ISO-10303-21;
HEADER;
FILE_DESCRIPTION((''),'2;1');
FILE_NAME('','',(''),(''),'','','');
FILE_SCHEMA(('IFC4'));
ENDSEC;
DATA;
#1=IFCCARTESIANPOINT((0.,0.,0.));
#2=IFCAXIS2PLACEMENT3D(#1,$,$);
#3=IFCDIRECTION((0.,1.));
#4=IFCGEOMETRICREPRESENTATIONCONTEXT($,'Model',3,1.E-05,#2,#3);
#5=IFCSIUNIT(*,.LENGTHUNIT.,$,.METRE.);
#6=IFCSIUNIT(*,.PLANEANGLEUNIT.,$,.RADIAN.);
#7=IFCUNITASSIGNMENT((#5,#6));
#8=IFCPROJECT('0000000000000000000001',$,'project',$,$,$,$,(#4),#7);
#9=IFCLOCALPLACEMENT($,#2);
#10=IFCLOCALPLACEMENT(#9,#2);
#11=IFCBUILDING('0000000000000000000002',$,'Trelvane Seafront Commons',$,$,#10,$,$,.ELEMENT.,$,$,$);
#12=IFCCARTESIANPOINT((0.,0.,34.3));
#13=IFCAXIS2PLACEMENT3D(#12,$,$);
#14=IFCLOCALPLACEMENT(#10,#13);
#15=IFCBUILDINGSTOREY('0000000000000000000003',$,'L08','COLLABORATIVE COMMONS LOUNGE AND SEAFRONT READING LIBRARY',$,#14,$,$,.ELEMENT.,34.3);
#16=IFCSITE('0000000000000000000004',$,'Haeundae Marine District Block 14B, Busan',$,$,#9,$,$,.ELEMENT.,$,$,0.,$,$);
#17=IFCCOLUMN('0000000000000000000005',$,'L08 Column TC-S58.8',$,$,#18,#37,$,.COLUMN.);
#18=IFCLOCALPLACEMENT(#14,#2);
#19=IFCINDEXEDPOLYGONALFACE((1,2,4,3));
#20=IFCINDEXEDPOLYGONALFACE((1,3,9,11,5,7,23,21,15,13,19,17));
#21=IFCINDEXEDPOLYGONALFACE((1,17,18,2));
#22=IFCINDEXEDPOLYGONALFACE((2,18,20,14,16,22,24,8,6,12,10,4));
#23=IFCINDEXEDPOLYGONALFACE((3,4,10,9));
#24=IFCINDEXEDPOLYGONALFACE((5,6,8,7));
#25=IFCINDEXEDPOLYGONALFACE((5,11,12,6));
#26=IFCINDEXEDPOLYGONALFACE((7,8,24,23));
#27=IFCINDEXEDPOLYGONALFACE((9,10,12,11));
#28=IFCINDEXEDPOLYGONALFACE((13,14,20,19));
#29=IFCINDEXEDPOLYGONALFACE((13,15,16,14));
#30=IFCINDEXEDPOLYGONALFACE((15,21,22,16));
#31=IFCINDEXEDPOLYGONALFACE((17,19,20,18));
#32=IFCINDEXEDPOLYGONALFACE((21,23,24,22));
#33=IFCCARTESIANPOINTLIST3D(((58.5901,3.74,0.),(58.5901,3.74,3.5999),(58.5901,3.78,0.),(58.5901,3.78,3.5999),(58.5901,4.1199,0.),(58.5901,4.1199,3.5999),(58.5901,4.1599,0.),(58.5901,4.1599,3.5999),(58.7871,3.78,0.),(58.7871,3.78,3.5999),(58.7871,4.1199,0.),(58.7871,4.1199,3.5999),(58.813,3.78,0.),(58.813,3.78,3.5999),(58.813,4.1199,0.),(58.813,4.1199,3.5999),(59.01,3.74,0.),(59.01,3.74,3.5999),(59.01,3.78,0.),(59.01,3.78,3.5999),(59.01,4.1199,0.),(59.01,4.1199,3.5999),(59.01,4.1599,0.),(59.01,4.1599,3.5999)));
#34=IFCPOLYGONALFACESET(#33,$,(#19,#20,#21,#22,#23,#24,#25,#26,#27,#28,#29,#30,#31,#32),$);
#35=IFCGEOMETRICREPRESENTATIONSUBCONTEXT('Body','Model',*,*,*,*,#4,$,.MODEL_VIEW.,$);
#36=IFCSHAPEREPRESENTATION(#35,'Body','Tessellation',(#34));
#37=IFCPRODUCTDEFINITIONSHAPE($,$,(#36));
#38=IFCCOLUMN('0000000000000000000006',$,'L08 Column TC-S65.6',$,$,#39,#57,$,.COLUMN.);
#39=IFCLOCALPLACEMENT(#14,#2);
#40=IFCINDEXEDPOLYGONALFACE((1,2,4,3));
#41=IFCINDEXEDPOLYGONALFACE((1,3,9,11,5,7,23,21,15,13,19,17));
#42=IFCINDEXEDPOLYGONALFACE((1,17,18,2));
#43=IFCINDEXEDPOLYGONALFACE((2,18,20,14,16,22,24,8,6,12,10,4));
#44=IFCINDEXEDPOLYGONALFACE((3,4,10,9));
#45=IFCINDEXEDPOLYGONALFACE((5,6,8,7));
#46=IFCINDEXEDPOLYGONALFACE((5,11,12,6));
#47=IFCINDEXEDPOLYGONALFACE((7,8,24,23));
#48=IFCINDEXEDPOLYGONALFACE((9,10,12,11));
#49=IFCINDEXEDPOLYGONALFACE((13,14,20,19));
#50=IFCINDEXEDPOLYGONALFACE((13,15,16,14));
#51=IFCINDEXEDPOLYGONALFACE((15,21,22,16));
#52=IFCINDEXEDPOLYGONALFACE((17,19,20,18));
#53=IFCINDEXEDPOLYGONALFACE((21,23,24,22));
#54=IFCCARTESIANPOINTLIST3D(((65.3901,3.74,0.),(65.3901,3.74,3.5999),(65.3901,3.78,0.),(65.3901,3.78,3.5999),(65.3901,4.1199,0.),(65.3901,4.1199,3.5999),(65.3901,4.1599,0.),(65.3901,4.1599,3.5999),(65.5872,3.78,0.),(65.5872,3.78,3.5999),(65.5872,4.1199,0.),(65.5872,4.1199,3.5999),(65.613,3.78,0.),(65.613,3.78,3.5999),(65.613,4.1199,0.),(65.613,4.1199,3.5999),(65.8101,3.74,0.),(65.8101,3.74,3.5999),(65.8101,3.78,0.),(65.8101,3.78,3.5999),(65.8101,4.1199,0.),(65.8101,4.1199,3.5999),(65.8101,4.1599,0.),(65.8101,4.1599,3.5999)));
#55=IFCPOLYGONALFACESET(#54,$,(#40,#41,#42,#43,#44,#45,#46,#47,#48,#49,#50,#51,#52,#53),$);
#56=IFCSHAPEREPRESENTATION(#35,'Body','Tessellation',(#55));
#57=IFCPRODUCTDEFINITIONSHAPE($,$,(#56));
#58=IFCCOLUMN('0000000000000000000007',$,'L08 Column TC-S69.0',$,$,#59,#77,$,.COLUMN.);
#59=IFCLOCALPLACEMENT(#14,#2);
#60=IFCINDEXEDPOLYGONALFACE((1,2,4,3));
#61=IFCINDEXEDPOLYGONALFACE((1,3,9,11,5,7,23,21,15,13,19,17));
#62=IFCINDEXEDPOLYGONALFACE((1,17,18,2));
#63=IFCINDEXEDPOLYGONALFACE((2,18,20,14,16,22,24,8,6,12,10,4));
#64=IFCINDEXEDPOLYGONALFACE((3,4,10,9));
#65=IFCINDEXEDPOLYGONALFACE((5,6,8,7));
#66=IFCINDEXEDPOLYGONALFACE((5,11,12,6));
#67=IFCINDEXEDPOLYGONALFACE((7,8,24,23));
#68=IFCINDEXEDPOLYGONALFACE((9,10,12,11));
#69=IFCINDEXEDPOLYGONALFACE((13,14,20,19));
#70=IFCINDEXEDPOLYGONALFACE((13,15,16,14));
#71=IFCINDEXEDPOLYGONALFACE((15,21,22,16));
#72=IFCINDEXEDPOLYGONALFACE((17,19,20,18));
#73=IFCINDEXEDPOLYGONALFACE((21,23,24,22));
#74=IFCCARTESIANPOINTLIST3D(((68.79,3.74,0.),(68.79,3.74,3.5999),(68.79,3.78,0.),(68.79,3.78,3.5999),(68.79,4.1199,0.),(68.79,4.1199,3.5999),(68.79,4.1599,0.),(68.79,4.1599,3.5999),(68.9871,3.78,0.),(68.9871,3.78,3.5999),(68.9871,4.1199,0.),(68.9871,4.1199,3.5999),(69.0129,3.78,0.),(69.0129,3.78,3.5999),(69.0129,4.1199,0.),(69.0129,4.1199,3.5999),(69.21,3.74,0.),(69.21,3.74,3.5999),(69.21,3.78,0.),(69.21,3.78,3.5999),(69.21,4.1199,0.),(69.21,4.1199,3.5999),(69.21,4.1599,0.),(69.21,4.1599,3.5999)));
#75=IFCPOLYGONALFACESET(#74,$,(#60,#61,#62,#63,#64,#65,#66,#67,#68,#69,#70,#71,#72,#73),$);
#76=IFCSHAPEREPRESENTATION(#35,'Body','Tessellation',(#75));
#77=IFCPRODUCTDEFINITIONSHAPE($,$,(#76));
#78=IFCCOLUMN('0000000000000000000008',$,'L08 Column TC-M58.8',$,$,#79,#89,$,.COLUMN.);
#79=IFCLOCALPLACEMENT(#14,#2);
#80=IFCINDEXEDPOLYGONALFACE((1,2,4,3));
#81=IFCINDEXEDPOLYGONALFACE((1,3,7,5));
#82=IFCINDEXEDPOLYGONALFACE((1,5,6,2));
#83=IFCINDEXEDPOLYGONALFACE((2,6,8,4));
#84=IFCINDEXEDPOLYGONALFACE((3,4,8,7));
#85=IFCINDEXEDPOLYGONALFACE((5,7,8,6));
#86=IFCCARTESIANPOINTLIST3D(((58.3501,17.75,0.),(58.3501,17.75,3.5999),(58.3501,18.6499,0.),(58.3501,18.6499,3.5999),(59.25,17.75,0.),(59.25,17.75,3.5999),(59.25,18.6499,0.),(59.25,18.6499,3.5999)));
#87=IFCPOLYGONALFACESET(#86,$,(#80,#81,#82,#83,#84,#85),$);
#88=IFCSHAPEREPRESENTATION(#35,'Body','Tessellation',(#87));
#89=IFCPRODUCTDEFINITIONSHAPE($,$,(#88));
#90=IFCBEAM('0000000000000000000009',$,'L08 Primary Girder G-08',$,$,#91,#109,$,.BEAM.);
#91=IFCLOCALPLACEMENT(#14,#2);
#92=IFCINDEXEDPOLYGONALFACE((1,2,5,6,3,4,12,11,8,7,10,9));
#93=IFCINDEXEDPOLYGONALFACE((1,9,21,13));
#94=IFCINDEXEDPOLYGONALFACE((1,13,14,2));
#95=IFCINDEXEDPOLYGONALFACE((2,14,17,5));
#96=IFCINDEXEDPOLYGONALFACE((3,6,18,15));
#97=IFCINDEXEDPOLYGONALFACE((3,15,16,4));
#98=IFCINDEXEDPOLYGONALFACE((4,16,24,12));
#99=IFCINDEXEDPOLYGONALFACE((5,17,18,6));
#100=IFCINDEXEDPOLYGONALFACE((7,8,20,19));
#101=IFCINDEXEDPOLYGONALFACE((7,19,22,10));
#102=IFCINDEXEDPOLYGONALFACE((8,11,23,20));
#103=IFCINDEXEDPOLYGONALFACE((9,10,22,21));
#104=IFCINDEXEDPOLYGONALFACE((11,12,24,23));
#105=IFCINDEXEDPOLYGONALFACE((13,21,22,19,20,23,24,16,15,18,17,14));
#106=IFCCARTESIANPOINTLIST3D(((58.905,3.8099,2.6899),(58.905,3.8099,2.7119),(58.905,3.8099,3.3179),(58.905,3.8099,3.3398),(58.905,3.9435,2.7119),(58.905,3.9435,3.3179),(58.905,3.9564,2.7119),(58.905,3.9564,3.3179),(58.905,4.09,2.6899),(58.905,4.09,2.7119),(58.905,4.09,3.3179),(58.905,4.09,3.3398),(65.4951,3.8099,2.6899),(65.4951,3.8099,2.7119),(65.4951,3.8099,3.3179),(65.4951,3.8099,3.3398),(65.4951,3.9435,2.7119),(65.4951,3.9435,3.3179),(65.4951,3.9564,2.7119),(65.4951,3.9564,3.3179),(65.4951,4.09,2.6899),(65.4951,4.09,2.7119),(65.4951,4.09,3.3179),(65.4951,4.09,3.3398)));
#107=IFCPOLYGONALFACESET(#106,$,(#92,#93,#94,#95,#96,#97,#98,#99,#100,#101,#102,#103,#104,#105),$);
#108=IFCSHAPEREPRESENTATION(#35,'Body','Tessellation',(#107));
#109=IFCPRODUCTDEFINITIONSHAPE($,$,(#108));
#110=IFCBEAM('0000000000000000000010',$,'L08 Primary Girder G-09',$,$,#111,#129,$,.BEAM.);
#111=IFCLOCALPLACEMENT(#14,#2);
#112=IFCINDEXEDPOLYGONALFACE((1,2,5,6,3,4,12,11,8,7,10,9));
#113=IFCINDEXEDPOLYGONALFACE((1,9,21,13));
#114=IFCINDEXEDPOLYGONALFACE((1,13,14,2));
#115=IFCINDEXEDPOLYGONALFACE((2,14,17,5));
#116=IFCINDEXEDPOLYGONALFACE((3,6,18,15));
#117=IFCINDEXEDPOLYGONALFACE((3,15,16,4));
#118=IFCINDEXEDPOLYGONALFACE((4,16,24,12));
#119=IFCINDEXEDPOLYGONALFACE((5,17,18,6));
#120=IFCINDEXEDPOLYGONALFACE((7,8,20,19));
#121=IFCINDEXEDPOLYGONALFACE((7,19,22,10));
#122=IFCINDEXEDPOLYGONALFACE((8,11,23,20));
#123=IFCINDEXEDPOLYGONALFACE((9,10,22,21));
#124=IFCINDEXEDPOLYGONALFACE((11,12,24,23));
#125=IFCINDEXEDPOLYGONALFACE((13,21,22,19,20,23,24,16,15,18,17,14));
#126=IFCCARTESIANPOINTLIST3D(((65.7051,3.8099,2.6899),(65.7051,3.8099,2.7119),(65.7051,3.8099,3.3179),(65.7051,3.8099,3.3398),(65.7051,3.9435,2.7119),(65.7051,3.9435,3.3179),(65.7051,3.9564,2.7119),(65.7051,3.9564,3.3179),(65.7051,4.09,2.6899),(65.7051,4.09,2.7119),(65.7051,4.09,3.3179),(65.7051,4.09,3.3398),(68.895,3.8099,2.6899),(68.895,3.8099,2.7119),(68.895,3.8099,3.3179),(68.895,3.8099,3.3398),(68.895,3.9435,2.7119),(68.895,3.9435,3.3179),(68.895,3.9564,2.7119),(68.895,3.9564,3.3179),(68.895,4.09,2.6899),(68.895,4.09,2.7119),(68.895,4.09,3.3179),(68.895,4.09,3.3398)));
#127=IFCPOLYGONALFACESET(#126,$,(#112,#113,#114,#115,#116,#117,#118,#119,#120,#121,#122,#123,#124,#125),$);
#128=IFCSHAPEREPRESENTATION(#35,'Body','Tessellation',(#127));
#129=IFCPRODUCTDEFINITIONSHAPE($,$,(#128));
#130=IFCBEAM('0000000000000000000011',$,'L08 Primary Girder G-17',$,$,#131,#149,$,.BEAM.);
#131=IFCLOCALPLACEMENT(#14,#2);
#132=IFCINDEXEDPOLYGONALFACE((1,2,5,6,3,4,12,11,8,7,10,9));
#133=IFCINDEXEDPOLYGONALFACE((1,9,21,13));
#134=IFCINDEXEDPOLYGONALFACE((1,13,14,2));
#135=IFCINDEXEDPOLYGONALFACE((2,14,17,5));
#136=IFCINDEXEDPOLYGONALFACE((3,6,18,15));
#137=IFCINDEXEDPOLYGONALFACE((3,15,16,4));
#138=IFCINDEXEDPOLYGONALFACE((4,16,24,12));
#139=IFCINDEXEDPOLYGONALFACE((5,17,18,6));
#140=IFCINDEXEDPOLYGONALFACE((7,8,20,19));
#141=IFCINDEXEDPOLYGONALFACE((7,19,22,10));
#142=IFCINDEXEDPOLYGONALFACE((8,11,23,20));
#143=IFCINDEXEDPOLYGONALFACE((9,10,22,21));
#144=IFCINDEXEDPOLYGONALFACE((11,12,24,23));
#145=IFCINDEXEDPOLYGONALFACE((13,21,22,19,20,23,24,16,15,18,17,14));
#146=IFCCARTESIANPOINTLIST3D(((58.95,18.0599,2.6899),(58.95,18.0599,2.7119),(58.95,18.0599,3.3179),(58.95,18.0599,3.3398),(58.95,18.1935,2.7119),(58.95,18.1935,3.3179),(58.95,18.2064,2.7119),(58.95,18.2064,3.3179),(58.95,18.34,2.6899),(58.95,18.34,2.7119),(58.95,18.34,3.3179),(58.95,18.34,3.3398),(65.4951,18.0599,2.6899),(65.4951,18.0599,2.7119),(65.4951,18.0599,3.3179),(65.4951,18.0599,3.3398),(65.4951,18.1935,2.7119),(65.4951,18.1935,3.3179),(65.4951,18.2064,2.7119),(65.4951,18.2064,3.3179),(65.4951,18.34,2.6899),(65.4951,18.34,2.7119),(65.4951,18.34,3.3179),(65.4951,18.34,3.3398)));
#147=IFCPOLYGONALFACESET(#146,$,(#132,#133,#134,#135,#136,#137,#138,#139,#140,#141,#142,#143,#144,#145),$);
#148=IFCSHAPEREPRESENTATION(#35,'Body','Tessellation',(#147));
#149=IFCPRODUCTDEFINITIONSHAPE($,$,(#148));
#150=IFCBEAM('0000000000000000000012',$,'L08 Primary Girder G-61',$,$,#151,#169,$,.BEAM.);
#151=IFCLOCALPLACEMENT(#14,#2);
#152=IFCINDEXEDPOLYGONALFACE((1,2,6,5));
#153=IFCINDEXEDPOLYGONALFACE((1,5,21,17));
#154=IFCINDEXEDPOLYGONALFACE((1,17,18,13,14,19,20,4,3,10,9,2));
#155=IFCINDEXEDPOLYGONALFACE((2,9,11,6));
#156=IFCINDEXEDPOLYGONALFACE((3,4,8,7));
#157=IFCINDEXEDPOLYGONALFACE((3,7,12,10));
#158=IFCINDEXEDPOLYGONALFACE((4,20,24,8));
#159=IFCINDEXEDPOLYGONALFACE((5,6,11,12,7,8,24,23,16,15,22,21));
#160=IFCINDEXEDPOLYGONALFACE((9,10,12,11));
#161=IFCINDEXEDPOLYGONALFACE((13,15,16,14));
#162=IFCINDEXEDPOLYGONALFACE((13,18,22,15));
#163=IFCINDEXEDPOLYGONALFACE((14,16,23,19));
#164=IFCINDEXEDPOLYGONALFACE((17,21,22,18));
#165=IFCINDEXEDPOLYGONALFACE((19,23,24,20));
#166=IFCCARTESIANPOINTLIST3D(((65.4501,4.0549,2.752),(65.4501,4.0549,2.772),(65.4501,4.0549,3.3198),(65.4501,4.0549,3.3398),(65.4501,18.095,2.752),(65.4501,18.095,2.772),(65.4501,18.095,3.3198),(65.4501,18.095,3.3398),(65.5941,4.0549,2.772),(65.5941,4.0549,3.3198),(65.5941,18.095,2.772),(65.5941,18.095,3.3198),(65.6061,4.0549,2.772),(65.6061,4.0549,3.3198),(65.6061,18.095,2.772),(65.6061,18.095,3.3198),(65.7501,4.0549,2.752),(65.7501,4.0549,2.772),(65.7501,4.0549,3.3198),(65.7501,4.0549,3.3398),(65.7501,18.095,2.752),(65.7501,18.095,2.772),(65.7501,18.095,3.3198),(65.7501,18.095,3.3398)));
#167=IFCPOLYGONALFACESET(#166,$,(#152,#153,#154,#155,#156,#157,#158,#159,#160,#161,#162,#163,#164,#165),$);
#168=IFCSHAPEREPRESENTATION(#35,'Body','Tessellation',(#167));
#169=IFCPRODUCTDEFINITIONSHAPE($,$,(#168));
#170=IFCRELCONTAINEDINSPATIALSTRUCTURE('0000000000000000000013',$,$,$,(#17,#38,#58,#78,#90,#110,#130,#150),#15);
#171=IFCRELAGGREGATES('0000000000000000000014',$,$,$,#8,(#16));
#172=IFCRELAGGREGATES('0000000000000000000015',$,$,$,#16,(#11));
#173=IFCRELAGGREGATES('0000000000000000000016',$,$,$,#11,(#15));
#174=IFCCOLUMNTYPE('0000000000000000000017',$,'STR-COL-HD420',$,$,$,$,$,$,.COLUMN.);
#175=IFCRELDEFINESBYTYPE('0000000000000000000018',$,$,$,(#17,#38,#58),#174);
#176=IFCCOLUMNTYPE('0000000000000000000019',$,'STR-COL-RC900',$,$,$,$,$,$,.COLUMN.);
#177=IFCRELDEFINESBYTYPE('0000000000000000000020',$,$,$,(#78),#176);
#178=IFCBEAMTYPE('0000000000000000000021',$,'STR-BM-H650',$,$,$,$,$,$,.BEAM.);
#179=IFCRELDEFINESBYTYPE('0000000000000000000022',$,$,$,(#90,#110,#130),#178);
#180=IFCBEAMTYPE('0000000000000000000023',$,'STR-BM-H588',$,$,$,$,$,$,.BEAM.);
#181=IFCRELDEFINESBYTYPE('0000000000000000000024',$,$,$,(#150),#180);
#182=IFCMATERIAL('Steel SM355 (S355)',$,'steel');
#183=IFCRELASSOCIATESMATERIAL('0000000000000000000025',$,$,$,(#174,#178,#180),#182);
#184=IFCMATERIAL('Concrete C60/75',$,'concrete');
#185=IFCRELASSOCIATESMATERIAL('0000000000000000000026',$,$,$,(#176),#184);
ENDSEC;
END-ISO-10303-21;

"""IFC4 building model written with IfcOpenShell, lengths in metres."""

from ifc_helpers import new_model, si_unit, direction, frame, origin, origin_2d, place, context, subcontext, project, spatial, rectangle, i_section, extrude, source, transform, mapped, material, material_profile, profile_set, type_object, element, save


model = new_model("IFC4")

# Units and contexts
model_context = context("Model", 3, precision=1e-05, world=origin(), true_north=direction((0.0, 1.0)))
body_context = subcontext(model_context, "Body", "Model", "MODEL_VIEW")
ifc_project = project(units=[si_unit("LENGTHUNIT", "METRE"), si_unit("PLANEANGLEUNIT", "RADIAN")], contexts=[model_context])

# Site, building, storey
site_placement = place(None, origin())
site = spatial("IfcSite", under=ifc_project, at=site_placement, Name="Haeundae Marine District Block 14B, Busan", CompositionType="ELEMENT", RefElevation=0.0)
building_placement = place(site_placement, origin())
building = spatial("IfcBuilding", under=site, at=building_placement, Name="Trelvane Seafront Commons", CompositionType="ELEMENT")
storey_placement = place(building_placement, frame((0.0, 0.0, 34.3)))
storey = spatial("IfcBuildingStorey", under=building, at=storey_placement, Name="L08", Description="COLLABORATIVE COMMONS LOUNGE AND SEAFRONT READING LIBRARY", CompositionType="ELEMENT", Elevation=34.3)

# Columns
ifc_material_1 = material(Name="Steel SM355 (S355)", Category="steel")
ifc_material_profile_1 = material_profile(ifc_material_1, i_section(OverallWidth=0.4199, OverallDepth=0.4199, WebThickness=0.0259, FlangeThickness=0.04, at=origin_2d()), Name="HD-420x420x26x40")
ifc_profile_set_1 = profile_set([ifc_material_profile_1], Name="Steel SM355 (S355)")
column_type_1 = type_object("IfcColumnType", Name="STR-COL-HD420", PredefinedType="COLUMN", material=ifc_profile_set_1)
shared_shape_1 = source(origin(), body_context, "Body", "SweptSolid", [
    extrude(i_section(OverallWidth=0.4199, OverallDepth=0.4199, WebThickness=0.0259, FlangeThickness=0.04, at=origin_2d()), origin(), (0.0, 0.0, 1.0), 3.5999),
])
for number, where, z_axis, x_axis, name in (
    (1, (58.8, 3.95, 0.0), (0.0, 0.0, 1.0), (1.0, 0.0, 0.0), "L08 Column TC-S58.8"),
    (2, (65.6001, 3.95, 0.0), (0.0, 0.0, 1.0), (1.0, 0.0, 0.0), "L08 Column TC-S65.6"),
    (3, (69.0, 3.95, 0.0), (0.0, 0.0, 1.0), (1.0, 0.0, 0.0), "L08 Column TC-S69.0"),
):
    element("IfcColumn", number, at=place(storey_placement, frame(where, z_axis=z_axis, x_axis=x_axis)), inside=storey, type_object=column_type_1, Name=name, PredefinedType="COLUMN", context=body_context, shape_type="MappedRepresentation", body=[
        mapped(shared_shape_1, transform((0.0, 0.0, 0.0), x_axis=(1.0, 0.0, 0.0), y_axis=(0.0, 1.0, 0.0), z_axis=(0.0, 0.0, 1.0), scale=1.0)),
    ])
ifc_material_2 = material(Name="Concrete C60/75", Category="concrete")
ifc_material_profile_2 = material_profile(ifc_material_2, rectangle(XDim=0.8999, YDim=0.8999, at=origin_2d()), Name="RC-900x900")
ifc_profile_set_2 = profile_set([ifc_material_profile_2], Name="Concrete C60/75")
column_type_2 = type_object("IfcColumnType", Name="STR-COL-RC900", PredefinedType="COLUMN", material=ifc_profile_set_2)
shared_shape_2 = source(origin(), body_context, "Body", "SweptSolid", [
    extrude(rectangle(XDim=0.8999, YDim=0.8999, at=origin_2d()), origin(), (0.0, 0.0, 1.0), 3.5999),
])
column_placement = place(storey_placement, frame((58.8, 18.2, 0.0), z_axis=(0.0, 0.0, 1.0), x_axis=(1.0, 0.0, 0.0)))
element("IfcColumn", 4, at=column_placement, inside=storey, type_object=column_type_2, Name="L08 Column TC-M58.8", PredefinedType="COLUMN", context=body_context, shape_type="MappedRepresentation", body=[
    mapped(shared_shape_2, transform((0.0, 0.0, 0.0), x_axis=(1.0, 0.0, 0.0), y_axis=(0.0, 1.0, 0.0), z_axis=(0.0, 0.0, 1.0), scale=1.0)),
])

# Beams
ifc_material_profile_3 = material_profile(ifc_material_1, i_section(OverallWidth=0.28, OverallDepth=0.6499, WebThickness=0.0129, FlangeThickness=0.022, at=origin_2d()), Name="H-650x280x13x22")
ifc_profile_set_3 = profile_set([ifc_material_profile_3], Name="Steel SM355 (S355)")
beam_type_1 = type_object("IfcBeamType", Name="STR-BM-H650", PredefinedType="BEAM", material=ifc_profile_set_3)
shared_shape_3 = source(origin(), body_context, "Body", "SweptSolid", [
    extrude(i_section(OverallWidth=0.28, OverallDepth=0.6499, WebThickness=0.0129, FlangeThickness=0.022, at=origin_2d()), origin(), (0.0, 0.0, 1.0), 6.5901),
])
beam_1_placement = place(storey_placement, frame((58.905, 3.95, 3.0149), z_axis=(1.0, 0.0, 0.0), x_axis=(0.0, 1.0, 0.0)))
element("IfcBeam", 5, at=beam_1_placement, inside=storey, type_object=beam_type_1, Name="L08 Primary Girder G-08", PredefinedType="BEAM", context=body_context, shape_type="MappedRepresentation", body=[
    mapped(shared_shape_3, transform((0.0, 0.0, 0.0), x_axis=(1.0, 0.0, 0.0), y_axis=(0.0, 1.0, 0.0), z_axis=(0.0, 0.0, 1.0), scale=1.0)),
])
shared_shape_4 = source(origin(), body_context, "Body", "SweptSolid", [
    extrude(i_section(OverallWidth=0.28, OverallDepth=0.6499, WebThickness=0.0129, FlangeThickness=0.022, at=origin_2d()), origin(), (0.0, 0.0, 1.0), 3.1899),
])
beam_2_placement = place(storey_placement, frame((65.7051, 3.95, 3.0149), z_axis=(1.0, 0.0, 0.0), x_axis=(0.0, 1.0, 0.0)))
element("IfcBeam", 6, at=beam_2_placement, inside=storey, type_object=beam_type_1, Name="L08 Primary Girder G-09", PredefinedType="BEAM", context=body_context, shape_type="MappedRepresentation", body=[
    mapped(shared_shape_4, transform((0.0, 0.0, 0.0), x_axis=(1.0, 0.0, 0.0), y_axis=(0.0, 1.0, 0.0), z_axis=(0.0, 0.0, 1.0), scale=1.0)),
])
shared_shape_5 = source(origin(), body_context, "Body", "SweptSolid", [
    extrude(i_section(OverallWidth=0.28, OverallDepth=0.6499, WebThickness=0.0129, FlangeThickness=0.022, at=origin_2d()), origin(), (0.0, 0.0, 1.0), 6.5452),
])
beam_3_placement = place(storey_placement, frame((58.95, 18.2, 3.0149), z_axis=(1.0, 0.0, 0.0), x_axis=(0.0, 1.0, 0.0)))
element("IfcBeam", 7, at=beam_3_placement, inside=storey, type_object=beam_type_1, Name="L08 Primary Girder G-17", PredefinedType="BEAM", context=body_context, shape_type="MappedRepresentation", body=[
    mapped(shared_shape_5, transform((0.0, 0.0, 0.0), x_axis=(1.0, 0.0, 0.0), y_axis=(0.0, 1.0, 0.0), z_axis=(0.0, 0.0, 1.0), scale=1.0)),
])
ifc_material_profile_4 = material_profile(ifc_material_1, i_section(OverallWidth=0.3, OverallDepth=0.5879, WebThickness=0.012, FlangeThickness=0.02, at=origin_2d()), Name="H-588x300x12x20")
ifc_profile_set_4 = profile_set([ifc_material_profile_4], Name="Steel SM355 (S355)")
beam_type_2 = type_object("IfcBeamType", Name="STR-BM-H588", PredefinedType="BEAM", material=ifc_profile_set_4)
shared_shape_6 = source(origin(), body_context, "Body", "SweptSolid", [
    extrude(i_section(OverallWidth=0.3, OverallDepth=0.5879, WebThickness=0.012, FlangeThickness=0.02, at=origin_2d()), origin(), (0.0, 0.0, 1.0), 14.04),
])
for number, where, z_axis, x_axis, name in (
    (8, (65.6001, 4.0549, 3.0459), (0.0, 1.0, 0.0), (-1.0, 0.0, 0.0), "L08 Primary Girder G-61"),
):
    element("IfcBeam", number, at=place(storey_placement, frame(where, z_axis=z_axis, x_axis=x_axis)), inside=storey, type_object=beam_type_2, Name=name, PredefinedType="BEAM", context=body_context, shape_type="MappedRepresentation", body=[
        mapped(shared_shape_6, transform((0.0, 0.0, 0.0), x_axis=(1.0, 0.0, 0.0), y_axis=(0.0, 1.0, 0.0), z_axis=(0.0, 0.0, 1.0), scale=1.0)),
    ])

save(model, "model.ifc")
